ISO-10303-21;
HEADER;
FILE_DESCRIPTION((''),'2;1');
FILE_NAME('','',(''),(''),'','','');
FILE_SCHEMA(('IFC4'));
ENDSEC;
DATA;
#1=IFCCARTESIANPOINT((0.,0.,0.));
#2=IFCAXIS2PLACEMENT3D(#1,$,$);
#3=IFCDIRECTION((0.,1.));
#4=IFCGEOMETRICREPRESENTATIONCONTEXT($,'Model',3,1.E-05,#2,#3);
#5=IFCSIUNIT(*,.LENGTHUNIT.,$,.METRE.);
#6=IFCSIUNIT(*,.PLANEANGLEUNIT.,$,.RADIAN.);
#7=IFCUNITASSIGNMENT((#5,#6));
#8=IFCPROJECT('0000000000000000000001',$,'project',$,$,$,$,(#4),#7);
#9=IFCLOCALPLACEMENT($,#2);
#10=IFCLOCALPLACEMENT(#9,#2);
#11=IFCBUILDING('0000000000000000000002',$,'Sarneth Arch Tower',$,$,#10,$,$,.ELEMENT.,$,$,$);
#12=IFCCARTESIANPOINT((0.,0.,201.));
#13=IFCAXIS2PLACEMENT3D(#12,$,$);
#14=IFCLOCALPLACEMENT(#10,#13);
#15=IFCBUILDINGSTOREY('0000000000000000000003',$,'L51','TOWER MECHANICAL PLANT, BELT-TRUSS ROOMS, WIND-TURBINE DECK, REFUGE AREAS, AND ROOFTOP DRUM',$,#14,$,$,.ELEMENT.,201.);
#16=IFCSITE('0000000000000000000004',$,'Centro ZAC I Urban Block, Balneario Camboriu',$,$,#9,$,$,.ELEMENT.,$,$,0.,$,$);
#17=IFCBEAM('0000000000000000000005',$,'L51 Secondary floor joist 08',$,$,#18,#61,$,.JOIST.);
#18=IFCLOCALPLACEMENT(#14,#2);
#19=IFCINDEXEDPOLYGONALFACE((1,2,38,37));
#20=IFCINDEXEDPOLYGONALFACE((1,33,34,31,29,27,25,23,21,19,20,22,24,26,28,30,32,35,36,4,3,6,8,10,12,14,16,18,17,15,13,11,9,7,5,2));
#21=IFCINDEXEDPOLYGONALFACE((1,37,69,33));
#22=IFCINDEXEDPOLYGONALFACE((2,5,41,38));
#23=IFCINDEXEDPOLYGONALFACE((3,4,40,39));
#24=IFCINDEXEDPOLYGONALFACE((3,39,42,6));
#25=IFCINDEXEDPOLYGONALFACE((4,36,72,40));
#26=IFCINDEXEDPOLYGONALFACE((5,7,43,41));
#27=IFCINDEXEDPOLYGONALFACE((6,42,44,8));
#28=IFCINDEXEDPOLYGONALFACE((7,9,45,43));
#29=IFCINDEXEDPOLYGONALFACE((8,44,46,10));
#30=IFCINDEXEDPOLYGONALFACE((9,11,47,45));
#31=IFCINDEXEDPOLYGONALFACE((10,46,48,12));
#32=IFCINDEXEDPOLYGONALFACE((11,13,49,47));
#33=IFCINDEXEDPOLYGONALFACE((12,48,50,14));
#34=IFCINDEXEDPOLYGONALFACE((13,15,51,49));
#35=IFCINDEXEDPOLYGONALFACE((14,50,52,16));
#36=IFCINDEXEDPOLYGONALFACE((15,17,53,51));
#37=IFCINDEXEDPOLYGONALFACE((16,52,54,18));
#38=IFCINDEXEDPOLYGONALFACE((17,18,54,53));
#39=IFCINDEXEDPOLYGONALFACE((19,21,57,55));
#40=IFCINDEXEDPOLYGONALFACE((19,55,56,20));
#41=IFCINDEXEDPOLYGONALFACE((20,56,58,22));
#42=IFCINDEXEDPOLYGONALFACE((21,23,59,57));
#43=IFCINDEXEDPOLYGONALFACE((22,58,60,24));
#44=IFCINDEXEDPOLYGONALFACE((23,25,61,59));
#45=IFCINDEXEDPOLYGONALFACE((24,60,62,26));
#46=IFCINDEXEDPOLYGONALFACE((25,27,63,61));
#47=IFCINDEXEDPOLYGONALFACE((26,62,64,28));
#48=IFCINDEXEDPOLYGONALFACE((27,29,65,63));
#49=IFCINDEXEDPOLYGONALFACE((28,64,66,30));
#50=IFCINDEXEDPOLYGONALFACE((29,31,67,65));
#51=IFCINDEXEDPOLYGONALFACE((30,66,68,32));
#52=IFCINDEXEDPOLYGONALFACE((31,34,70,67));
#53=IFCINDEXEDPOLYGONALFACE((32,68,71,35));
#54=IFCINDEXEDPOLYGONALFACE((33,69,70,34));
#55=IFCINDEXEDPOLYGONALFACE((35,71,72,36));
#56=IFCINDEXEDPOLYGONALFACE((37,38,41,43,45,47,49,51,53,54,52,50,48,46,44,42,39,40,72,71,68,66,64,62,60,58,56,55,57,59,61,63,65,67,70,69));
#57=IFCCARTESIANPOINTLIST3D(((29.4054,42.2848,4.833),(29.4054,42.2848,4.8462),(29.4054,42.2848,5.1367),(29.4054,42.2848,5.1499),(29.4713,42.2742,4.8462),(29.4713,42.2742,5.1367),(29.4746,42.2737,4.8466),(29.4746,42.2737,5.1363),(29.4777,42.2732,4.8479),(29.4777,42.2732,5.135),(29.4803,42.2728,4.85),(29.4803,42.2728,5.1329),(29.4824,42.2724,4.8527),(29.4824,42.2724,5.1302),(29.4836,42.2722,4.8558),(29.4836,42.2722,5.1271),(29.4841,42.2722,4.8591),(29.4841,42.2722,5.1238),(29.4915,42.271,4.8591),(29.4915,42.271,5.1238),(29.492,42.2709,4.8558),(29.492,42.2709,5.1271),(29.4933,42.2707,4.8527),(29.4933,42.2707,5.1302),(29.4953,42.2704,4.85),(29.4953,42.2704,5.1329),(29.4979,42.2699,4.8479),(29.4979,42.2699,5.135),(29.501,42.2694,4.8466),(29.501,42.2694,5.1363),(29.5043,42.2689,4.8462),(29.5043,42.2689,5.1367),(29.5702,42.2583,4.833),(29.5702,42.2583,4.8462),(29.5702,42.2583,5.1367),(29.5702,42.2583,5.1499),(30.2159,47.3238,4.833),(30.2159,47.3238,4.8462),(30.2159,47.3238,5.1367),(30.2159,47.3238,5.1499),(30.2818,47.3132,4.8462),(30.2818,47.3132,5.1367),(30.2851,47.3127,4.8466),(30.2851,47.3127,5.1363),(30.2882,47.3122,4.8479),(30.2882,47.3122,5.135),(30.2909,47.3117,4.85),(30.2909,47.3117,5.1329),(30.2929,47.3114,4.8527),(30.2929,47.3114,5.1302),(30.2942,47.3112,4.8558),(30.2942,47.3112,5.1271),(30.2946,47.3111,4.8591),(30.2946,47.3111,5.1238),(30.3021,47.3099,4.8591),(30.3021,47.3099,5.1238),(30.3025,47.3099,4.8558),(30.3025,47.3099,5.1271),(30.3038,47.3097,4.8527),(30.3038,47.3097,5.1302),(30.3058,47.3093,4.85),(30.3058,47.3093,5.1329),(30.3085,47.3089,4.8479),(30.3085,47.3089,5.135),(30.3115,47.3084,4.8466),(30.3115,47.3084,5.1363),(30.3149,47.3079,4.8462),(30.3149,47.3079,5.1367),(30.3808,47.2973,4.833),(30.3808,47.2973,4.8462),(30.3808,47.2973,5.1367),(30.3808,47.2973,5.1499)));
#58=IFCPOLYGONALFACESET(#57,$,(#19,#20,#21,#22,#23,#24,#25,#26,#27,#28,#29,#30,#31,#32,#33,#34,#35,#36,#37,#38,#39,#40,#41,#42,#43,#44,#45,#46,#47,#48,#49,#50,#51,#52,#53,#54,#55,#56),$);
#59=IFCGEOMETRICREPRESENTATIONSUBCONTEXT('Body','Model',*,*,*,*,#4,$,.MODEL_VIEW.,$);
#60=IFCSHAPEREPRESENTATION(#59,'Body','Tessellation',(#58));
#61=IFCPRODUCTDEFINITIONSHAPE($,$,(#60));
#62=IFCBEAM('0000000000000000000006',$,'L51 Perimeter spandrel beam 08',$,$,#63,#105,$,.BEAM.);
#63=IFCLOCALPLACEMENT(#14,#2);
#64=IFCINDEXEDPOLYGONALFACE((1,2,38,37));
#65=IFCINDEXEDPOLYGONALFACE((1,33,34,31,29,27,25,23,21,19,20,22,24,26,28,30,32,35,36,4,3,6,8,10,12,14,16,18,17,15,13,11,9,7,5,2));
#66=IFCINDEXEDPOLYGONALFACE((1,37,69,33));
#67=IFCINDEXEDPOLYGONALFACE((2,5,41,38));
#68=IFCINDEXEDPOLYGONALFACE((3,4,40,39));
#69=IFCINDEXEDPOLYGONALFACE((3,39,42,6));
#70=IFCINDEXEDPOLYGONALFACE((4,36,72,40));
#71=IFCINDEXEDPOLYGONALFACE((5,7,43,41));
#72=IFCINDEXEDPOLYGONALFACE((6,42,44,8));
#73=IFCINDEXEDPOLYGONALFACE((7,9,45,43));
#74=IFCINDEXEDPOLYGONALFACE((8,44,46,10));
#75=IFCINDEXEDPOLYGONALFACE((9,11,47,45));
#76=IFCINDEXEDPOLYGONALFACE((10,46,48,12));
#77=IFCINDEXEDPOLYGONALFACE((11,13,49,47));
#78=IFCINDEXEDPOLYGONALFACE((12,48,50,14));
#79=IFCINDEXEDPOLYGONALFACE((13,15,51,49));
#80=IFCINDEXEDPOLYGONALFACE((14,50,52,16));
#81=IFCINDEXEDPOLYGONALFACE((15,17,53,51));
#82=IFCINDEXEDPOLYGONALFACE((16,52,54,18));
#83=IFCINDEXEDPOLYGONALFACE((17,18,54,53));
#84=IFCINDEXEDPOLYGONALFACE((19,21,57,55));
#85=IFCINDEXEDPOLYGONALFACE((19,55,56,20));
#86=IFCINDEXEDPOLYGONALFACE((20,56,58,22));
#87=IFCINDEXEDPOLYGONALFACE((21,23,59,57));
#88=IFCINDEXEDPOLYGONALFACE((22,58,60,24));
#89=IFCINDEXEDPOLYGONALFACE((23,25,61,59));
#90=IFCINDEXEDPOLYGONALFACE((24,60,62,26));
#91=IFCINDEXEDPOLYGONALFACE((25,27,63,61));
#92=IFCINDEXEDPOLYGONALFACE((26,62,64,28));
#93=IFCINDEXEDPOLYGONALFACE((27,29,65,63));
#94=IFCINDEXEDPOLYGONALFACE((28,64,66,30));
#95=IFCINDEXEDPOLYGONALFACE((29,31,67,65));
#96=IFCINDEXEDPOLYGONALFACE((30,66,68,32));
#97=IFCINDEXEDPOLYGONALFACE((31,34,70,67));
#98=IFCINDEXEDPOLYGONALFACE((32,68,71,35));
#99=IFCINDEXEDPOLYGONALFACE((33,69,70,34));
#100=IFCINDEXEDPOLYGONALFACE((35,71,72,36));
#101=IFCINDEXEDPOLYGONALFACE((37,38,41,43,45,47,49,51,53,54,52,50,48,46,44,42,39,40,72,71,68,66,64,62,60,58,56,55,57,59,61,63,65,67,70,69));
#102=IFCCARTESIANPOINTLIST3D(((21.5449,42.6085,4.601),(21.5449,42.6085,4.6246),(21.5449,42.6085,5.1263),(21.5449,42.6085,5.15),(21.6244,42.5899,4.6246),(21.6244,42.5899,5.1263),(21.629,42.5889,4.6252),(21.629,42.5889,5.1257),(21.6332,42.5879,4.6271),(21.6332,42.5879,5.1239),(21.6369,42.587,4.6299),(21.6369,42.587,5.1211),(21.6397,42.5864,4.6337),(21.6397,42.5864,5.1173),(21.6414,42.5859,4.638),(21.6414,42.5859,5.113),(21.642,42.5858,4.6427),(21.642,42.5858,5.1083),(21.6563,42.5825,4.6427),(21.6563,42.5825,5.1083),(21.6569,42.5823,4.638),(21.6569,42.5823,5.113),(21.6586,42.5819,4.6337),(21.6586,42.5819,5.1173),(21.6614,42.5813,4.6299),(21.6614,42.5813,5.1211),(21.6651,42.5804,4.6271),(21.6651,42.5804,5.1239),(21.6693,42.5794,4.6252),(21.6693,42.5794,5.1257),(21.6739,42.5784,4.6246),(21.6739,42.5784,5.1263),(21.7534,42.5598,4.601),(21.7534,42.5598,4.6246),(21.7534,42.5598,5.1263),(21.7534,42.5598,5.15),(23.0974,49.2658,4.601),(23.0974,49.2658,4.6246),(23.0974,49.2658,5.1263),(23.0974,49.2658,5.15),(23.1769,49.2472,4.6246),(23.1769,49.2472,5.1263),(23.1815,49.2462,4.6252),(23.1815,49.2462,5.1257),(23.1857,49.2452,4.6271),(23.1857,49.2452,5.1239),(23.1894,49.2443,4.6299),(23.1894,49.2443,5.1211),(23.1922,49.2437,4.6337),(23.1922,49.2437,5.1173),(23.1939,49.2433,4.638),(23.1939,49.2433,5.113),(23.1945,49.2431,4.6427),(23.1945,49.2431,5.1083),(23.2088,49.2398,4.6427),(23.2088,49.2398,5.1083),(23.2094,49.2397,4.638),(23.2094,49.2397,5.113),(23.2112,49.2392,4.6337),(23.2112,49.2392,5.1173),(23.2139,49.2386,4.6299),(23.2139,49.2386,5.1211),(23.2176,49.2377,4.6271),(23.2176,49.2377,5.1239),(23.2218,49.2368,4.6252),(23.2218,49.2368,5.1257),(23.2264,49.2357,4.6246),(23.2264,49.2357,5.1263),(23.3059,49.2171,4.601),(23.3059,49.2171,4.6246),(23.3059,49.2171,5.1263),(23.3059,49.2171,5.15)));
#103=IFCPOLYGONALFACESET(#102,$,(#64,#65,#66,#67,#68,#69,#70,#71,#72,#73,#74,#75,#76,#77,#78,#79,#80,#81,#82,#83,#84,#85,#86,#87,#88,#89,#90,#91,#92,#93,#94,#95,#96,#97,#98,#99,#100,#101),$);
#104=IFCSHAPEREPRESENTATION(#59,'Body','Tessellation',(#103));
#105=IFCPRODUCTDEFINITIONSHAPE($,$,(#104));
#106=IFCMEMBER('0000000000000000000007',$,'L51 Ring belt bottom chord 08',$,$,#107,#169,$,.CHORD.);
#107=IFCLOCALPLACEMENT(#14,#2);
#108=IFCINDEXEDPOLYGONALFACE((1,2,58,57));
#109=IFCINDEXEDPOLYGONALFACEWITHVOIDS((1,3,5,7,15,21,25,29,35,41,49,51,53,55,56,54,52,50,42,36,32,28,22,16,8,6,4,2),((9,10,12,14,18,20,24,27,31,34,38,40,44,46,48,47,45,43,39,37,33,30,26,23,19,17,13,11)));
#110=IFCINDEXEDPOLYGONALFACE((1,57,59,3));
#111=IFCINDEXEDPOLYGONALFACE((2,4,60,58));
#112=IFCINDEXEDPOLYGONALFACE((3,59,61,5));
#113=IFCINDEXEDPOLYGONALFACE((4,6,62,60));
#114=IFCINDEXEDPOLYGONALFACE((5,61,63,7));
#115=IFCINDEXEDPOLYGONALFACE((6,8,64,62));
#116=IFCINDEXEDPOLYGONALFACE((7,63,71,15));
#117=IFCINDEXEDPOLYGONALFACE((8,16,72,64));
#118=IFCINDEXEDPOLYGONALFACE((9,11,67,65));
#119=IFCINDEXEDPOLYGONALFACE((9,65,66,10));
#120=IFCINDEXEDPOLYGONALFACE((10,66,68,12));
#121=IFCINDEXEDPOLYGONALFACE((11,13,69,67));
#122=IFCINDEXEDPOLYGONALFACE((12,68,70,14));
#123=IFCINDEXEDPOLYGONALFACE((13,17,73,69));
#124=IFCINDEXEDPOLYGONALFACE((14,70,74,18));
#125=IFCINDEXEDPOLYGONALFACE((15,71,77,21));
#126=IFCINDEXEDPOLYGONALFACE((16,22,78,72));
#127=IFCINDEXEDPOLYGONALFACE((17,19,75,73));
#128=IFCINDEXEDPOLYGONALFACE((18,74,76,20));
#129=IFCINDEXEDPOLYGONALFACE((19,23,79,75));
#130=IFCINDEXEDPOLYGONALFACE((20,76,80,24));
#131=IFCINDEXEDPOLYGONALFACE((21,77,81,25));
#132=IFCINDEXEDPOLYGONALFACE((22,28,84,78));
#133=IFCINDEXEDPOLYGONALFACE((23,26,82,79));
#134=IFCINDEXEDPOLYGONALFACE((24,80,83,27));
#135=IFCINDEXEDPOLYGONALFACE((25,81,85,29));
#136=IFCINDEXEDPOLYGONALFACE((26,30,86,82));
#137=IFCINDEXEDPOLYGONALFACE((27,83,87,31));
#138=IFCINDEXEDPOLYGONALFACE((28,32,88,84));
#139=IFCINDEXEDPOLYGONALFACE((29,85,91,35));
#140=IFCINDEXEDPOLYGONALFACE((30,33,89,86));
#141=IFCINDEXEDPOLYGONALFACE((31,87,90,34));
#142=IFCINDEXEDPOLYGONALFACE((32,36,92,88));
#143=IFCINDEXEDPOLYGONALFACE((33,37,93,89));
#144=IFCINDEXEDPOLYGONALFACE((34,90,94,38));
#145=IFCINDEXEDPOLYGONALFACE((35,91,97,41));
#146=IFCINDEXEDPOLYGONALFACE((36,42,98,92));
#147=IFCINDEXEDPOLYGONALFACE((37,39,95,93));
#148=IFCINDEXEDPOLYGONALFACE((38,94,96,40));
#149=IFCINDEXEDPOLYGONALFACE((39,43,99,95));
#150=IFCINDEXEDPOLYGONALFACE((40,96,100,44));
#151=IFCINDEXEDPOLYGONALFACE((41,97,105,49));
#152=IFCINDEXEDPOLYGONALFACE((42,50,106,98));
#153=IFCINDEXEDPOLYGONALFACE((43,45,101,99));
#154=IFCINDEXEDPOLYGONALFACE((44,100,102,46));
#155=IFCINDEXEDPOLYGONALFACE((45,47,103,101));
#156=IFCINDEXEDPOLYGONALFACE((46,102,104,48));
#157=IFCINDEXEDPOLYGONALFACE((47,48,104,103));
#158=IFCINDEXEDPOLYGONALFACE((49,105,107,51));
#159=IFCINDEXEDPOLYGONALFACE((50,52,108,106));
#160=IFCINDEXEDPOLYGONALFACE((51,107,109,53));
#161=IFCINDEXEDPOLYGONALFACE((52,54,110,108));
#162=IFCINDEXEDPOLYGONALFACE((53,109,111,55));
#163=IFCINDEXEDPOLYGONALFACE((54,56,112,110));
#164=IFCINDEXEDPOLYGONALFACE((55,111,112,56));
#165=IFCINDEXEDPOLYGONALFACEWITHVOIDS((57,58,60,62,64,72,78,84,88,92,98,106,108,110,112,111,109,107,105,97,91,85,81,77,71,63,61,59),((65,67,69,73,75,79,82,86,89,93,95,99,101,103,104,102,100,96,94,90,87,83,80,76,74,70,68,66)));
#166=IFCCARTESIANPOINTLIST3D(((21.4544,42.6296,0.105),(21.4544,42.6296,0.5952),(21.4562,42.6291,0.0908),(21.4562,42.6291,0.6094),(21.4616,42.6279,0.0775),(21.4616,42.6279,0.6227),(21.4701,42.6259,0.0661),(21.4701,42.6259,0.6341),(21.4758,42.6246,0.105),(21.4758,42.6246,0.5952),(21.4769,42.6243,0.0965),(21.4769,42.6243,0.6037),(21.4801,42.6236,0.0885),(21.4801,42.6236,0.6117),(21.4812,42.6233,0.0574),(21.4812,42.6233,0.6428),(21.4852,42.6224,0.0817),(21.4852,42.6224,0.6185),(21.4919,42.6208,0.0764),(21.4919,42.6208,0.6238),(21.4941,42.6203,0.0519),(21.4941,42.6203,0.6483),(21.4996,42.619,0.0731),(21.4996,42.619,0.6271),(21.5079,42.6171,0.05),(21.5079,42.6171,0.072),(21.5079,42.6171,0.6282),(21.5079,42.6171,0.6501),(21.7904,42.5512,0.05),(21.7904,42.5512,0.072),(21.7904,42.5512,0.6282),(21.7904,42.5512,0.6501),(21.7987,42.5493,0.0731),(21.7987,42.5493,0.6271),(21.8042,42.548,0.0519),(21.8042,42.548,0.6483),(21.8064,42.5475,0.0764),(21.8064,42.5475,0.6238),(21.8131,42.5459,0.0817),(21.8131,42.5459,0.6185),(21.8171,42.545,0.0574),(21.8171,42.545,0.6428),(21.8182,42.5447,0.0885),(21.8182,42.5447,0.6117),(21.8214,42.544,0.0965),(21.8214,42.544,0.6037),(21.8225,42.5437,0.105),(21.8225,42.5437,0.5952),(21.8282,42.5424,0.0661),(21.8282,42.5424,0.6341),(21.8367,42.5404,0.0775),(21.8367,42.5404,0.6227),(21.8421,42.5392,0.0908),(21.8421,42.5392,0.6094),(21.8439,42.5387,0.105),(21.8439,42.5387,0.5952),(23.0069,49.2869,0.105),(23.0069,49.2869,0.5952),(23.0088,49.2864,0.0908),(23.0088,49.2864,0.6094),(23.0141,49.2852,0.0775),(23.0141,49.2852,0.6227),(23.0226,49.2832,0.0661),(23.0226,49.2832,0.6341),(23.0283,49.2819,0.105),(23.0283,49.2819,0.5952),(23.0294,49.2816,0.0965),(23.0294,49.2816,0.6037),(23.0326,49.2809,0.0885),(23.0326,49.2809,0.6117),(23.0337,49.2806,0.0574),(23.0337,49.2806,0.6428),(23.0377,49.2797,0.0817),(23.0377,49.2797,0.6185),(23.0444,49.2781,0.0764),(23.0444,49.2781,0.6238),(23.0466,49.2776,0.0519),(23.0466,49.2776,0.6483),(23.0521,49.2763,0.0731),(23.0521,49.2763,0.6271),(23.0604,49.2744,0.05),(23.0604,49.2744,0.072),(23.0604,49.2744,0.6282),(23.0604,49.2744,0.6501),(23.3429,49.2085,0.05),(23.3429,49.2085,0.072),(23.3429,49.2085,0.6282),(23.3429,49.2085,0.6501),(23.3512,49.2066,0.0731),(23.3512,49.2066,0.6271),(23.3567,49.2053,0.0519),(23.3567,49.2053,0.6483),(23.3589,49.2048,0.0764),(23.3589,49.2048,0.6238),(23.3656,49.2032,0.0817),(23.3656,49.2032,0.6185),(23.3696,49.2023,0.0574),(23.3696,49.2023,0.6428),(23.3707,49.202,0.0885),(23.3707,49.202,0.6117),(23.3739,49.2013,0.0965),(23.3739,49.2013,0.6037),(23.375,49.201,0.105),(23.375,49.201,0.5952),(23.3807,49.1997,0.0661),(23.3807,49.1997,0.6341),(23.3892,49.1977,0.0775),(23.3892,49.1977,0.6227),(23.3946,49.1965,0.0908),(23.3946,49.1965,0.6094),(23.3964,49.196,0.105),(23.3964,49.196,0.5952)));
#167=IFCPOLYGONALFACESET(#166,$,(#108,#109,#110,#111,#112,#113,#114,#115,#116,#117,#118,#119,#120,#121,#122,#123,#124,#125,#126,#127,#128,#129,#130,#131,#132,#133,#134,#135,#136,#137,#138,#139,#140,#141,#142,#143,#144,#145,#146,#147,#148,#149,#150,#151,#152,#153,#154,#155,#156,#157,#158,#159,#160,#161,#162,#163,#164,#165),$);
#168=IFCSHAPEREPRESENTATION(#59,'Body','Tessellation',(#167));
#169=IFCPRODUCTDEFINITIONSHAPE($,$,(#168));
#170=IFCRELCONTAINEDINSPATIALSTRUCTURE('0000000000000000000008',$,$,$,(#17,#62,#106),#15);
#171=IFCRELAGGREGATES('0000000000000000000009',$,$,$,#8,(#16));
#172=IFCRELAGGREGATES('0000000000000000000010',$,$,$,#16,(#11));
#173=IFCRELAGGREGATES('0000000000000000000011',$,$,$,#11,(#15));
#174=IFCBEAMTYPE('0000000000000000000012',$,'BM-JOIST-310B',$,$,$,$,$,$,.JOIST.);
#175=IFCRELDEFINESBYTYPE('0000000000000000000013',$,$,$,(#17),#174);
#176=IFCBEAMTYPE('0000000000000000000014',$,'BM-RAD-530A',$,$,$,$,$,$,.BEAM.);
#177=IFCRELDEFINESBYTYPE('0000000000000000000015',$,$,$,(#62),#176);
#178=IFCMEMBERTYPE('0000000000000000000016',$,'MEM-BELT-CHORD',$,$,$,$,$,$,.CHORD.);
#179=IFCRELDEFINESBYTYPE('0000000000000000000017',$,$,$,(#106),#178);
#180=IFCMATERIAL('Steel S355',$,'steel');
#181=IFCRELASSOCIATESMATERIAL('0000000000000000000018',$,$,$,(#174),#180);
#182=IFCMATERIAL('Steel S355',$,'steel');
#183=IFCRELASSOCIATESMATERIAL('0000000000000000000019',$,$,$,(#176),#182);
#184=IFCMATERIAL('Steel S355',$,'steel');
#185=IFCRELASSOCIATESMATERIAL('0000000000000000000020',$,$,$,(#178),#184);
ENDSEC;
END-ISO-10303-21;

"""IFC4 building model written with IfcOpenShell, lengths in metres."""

from ifc_helpers import new_model, si_unit, direction, frame, origin, origin_2d, place, context, subcontext, project, spatial, hollow_rectangle, i_section, extrude, material, material_profile, profile_set, type_object, element, save


model = new_model("IFC4")

# Units and contexts
model_context = context("Model", 3, precision=1e-05, world=origin(), true_north=direction((0.0, 1.0)))
body_context = subcontext(model_context, "Body", "Model", "MODEL_VIEW")
ifc_project = project(units=[si_unit("LENGTHUNIT", "METRE"), si_unit("PLANEANGLEUNIT", "RADIAN")], contexts=[model_context])

# Site, building, storey
site_placement = place(None, origin())
site = spatial("IfcSite", under=ifc_project, at=site_placement, Name="Centro ZAC I Urban Block, Balneario Camboriu", CompositionType="ELEMENT", RefElevation=0.0)
building_placement = place(site_placement, origin())
building = spatial("IfcBuilding", under=site, at=building_placement, Name="Sarneth Arch Tower", CompositionType="ELEMENT")
storey_placement = place(building_placement, frame((0.0, 0.0, 201.0)))
storey = spatial("IfcBuildingStorey", under=building, at=storey_placement, Name="L51", Description="TOWER MECHANICAL PLANT, BELT-TRUSS ROOMS, WIND-TURBINE DECK, REFUGE AREAS, AND ROOFTOP DRUM", CompositionType="ELEMENT", Elevation=201.0)

# Beams
ifc_material_1 = material(Name="Steel S355", Category="steel")
ifc_material_profile_1 = material_profile(ifc_material_1, i_section(OverallWidth=0.167, OverallDepth=0.3169, WebThickness=0.0076, FlangeThickness=0.0132, FilletRadius=0.0129, at=origin_2d()), Name="W310x52")
ifc_profile_set_1 = profile_set([ifc_material_profile_1], Name="Steel S355")
beam_type_1 = type_object("IfcBeamType", Name="BM-JOIST-310B", PredefinedType="JOIST", material=ifc_profile_set_1)
beam_1_placement = place(storey_placement, frame((30.2983, 47.3105, 4.9915), z_axis=(-0.158811, -0.987309, 0.0), x_axis=(0.987309, -0.158811, 0.0)))
element("IfcBeam", 1, at=beam_1_placement, inside=storey, type_object=beam_type_1, Name="L51 Secondary floor joist 08", PredefinedType="JOIST", context=body_context, shape_type="SweptSolid", body=[
    extrude(i_section(OverallWidth=0.167, OverallDepth=0.3169, WebThickness=0.0076, FlangeThickness=0.0132, FilletRadius=0.0129, at=origin_2d()), origin(), (0.0, 0.0, 1.0), 5.1038),
])
ifc_material_2 = material(Name="Steel S355", Category="steel")
ifc_material_profile_2 = material_profile(ifc_material_2, i_section(OverallWidth=0.2141, OverallDepth=0.5491, WebThickness=0.0146, FlangeThickness=0.0237, FilletRadius=0.0181, at=origin_2d()), Name="W530x138")
ifc_profile_set_2 = profile_set([ifc_material_profile_2], Name="Steel S355")
beam_type_2 = type_object("IfcBeamType", Name="BM-RAD-530A", PredefinedType="BEAM", material=ifc_profile_set_2)
beam_2_placement = place(storey_placement, frame((23.2017, 49.2415, 4.8755), z_axis=(-0.22711, -0.973869, 0.0), x_axis=(0.973869, -0.22711, 0.0)))
element("IfcBeam", 2, at=beam_2_placement, inside=storey, type_object=beam_type_2, Name="L51 Perimeter spandrel beam 08", PredefinedType="BEAM", context=body_context, shape_type="SweptSolid", body=[
    extrude(i_section(OverallWidth=0.2141, OverallDepth=0.5491, WebThickness=0.0146, FlangeThickness=0.0237, FilletRadius=0.0181, at=origin_2d()), origin(), (0.0, 0.0, 1.0), 6.8359),
])

# Member
ifc_material_3 = material(Name="Steel S355", Category="steel")
ifc_material_profile_3 = material_profile(ifc_material_3, hollow_rectangle(XDim=0.3999, YDim=0.6001, WallThickness=0.022, InnerFilletRadius=0.033, OuterFilletRadius=0.0549, at=origin_2d()), Name="RHS600x400x22")
ifc_profile_set_3 = profile_set([ifc_material_profile_3], Name="Steel S355")
member_type_1 = type_object("IfcMemberType", Name="MEM-BELT-CHORD", PredefinedType="CHORD", material=ifc_profile_set_3)
member_1_placement = place(storey_placement, frame((23.2017, 49.2415, 0.3501), z_axis=(-0.22711, -0.973869, 0.0), x_axis=(0.973869, -0.22711, 0.0)))
element("IfcMember", 3, at=member_1_placement, inside=storey, type_object=member_type_1, Name="L51 Ring belt bottom chord 08", PredefinedType="CHORD", context=body_context, shape_type="SweptSolid", body=[
    extrude(hollow_rectangle(XDim=0.3999, YDim=0.6001, WallThickness=0.022, InnerFilletRadius=0.033, OuterFilletRadius=0.0549, at=origin_2d()), origin(), (0.0, 0.0, 1.0), 6.8359),
])

save(model, "model.ifc")
